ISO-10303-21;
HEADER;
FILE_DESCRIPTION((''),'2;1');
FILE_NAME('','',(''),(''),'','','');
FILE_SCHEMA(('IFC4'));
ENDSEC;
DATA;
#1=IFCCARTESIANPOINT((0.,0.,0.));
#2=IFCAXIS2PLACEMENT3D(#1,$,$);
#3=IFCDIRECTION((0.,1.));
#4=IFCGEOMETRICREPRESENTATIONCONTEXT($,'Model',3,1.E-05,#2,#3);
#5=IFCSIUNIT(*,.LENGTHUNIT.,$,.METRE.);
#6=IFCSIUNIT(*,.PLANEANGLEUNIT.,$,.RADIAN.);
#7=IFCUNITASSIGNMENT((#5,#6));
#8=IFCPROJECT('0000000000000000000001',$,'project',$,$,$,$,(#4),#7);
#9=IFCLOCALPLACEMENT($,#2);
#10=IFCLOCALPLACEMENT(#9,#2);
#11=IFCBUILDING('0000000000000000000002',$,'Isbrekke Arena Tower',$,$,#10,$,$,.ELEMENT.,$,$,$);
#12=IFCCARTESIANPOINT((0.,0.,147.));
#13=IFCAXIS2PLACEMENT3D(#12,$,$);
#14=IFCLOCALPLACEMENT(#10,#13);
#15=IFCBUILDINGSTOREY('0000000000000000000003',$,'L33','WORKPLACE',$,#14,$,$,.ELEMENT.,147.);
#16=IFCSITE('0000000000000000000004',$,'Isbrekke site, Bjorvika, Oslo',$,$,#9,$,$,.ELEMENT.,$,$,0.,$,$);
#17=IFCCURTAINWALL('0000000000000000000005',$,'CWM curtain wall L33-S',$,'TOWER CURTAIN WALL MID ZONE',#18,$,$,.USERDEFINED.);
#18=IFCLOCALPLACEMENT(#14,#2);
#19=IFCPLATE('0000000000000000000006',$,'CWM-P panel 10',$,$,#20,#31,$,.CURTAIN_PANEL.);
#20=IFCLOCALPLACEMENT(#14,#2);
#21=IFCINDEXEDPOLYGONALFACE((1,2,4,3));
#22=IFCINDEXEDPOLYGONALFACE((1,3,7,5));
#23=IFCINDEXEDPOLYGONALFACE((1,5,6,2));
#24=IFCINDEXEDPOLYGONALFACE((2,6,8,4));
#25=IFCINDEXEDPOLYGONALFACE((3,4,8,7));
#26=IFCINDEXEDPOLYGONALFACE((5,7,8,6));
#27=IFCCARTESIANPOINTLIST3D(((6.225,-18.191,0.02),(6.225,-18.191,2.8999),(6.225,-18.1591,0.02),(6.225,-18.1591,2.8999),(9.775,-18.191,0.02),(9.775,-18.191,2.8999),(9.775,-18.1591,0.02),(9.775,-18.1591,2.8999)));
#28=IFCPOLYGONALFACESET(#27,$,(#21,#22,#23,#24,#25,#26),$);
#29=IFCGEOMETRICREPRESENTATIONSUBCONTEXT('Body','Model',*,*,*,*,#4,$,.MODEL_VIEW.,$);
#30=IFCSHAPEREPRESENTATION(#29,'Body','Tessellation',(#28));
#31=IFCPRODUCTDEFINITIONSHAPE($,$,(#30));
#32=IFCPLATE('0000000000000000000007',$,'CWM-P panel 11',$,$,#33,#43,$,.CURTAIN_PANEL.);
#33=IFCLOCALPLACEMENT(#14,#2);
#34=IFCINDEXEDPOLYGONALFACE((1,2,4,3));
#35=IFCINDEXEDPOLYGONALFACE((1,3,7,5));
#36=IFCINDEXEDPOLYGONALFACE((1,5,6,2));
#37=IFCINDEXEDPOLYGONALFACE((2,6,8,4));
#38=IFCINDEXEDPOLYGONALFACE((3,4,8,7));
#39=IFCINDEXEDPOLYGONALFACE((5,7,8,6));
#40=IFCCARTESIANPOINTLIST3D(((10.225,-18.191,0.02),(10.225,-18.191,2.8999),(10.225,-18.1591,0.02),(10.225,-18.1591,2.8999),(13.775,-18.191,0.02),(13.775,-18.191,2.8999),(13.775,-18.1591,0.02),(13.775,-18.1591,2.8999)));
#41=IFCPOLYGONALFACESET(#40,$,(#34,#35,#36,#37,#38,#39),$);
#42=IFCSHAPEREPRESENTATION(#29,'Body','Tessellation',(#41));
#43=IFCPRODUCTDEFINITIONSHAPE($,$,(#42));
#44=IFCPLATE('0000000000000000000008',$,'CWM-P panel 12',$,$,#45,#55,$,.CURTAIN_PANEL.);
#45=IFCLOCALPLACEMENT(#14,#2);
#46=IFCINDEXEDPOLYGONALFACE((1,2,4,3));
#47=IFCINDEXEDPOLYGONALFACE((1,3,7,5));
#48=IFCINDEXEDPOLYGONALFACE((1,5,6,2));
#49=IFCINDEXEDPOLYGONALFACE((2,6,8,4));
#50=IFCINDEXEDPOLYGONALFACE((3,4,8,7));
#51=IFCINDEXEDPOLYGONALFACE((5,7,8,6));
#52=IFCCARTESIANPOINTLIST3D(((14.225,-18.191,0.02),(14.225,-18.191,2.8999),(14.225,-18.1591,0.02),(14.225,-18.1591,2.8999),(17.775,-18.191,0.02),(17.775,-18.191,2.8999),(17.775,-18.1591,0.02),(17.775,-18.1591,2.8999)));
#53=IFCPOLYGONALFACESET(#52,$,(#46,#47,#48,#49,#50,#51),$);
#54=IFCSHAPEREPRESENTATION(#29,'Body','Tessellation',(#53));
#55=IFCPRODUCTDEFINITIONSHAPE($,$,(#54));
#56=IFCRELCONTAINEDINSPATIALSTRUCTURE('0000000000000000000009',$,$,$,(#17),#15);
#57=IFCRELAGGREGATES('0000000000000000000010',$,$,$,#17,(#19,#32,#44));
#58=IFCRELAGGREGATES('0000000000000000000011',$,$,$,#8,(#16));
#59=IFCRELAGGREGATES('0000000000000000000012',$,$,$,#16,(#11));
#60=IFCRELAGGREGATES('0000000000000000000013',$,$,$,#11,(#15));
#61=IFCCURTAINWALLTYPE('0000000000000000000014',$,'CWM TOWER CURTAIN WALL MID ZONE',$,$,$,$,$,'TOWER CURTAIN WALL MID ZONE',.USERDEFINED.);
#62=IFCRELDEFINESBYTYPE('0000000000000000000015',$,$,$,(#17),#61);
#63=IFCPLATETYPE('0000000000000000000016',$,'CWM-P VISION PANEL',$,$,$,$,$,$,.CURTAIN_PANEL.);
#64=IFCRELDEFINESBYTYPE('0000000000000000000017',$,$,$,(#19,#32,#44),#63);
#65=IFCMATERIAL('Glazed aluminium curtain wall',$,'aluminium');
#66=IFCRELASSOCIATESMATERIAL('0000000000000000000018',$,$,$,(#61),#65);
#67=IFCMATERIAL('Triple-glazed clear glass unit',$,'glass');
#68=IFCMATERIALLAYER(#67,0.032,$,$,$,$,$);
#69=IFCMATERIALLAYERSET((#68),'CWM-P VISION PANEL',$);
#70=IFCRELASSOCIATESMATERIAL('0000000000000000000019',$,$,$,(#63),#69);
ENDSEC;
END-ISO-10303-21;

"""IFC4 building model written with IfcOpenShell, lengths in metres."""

from ifc_helpers import new_model, si_unit, direction, frame, origin, origin_2d, place, context, subcontext, project, spatial, rectangle, extrude, material, layer, layer_set, type_object, element, aggregate, save


model = new_model("IFC4")

# Units and contexts
model_context = context("Model", 3, precision=1e-05, world=origin(), true_north=direction((0.0, 1.0)))
body_context = subcontext(model_context, "Body", "Model", "MODEL_VIEW")
ifc_project = project(units=[si_unit("LENGTHUNIT", "METRE"), si_unit("PLANEANGLEUNIT", "RADIAN")], contexts=[model_context])

# Site, building, storey
site_placement = place(None, origin())
site = spatial("IfcSite", under=ifc_project, at=site_placement, Name="Isbrekke site, Bjorvika, Oslo", CompositionType="ELEMENT", RefElevation=0.0)
building_placement = place(site_placement, origin())
building = spatial("IfcBuilding", under=site, at=building_placement, Name="Isbrekke Arena Tower", CompositionType="ELEMENT")
storey_placement = place(building_placement, frame((0.0, 0.0, 147.0)))
storey = spatial("IfcBuildingStorey", under=building, at=storey_placement, Name="L33", Description="WORKPLACE", CompositionType="ELEMENT", Elevation=147.0)

# Curtain wall
ifc_material_1 = material(Name="Glazed aluminium curtain wall", Category="aluminium")
curtain_wall_type = type_object("IfcCurtainWallType", Name="CWM TOWER CURTAIN WALL MID ZONE", ElementType="TOWER CURTAIN WALL MID ZONE", PredefinedType="USERDEFINED", material=ifc_material_1)
curtain_wall_placement = place(storey_placement, origin())
curtain_wall = element("IfcCurtainWall", 1, at=curtain_wall_placement, inside=storey, type_object=curtain_wall_type, Name="CWM curtain wall L33-S", ObjectType="TOWER CURTAIN WALL MID ZONE", PredefinedType="USERDEFINED")

# Plates
ifc_material_2 = material(Name="Triple-glazed clear glass unit", Category="glass")
ifc_layer = layer(ifc_material_2, 0.032)
ifc_layer_set = layer_set([ifc_layer], Name="CWM-P VISION PANEL")
plate_type = type_object("IfcPlateType", Name="CWM-P VISION PANEL", PredefinedType="CURTAIN_PANEL", material=ifc_layer_set)
plate_1_placement = place(storey_placement, frame((8.0, -18.175, 0.02), z_axis=(0.0, 0.0, 1.0), x_axis=(1.0, 0.0, 0.0)))
plate_1 = element("IfcPlate", 2, at=plate_1_placement, type_object=plate_type, Name="CWM-P panel 10", PredefinedType="CURTAIN_PANEL", context=body_context, shape_type="SweptSolid", body=[
    extrude(rectangle(XDim=3.55, YDim=0.032, at=origin_2d()), origin(), (0.0, 0.0, 1.0), 2.8799),
])
plate_2_placement = place(storey_placement, frame((12.0, -18.175, 0.02), z_axis=(0.0, 0.0, 1.0), x_axis=(1.0, 0.0, 0.0)))
plate_2 = element("IfcPlate", 3, at=plate_2_placement, type_object=plate_type, Name="CWM-P panel 11", PredefinedType="CURTAIN_PANEL", context=body_context, shape_type="SweptSolid", body=[
    extrude(rectangle(XDim=3.55, YDim=0.032, at=origin_2d()), origin(), (0.0, 0.0, 1.0), 2.8799),
])
plate_3_placement = place(storey_placement, frame((16.0, -18.175, 0.02), z_axis=(0.0, 0.0, 1.0), x_axis=(1.0, 0.0, 0.0)))
plate_3 = element("IfcPlate", 4, at=plate_3_placement, type_object=plate_type, Name="CWM-P panel 12", PredefinedType="CURTAIN_PANEL", context=body_context, shape_type="SweptSolid", body=[
    extrude(rectangle(XDim=3.55, YDim=0.032, at=origin_2d()), origin(), (0.0, 0.0, 1.0), 2.8799),
])
aggregate(curtain_wall, [plate_1, plate_2, plate_3])

save(model, "model.ifc")
